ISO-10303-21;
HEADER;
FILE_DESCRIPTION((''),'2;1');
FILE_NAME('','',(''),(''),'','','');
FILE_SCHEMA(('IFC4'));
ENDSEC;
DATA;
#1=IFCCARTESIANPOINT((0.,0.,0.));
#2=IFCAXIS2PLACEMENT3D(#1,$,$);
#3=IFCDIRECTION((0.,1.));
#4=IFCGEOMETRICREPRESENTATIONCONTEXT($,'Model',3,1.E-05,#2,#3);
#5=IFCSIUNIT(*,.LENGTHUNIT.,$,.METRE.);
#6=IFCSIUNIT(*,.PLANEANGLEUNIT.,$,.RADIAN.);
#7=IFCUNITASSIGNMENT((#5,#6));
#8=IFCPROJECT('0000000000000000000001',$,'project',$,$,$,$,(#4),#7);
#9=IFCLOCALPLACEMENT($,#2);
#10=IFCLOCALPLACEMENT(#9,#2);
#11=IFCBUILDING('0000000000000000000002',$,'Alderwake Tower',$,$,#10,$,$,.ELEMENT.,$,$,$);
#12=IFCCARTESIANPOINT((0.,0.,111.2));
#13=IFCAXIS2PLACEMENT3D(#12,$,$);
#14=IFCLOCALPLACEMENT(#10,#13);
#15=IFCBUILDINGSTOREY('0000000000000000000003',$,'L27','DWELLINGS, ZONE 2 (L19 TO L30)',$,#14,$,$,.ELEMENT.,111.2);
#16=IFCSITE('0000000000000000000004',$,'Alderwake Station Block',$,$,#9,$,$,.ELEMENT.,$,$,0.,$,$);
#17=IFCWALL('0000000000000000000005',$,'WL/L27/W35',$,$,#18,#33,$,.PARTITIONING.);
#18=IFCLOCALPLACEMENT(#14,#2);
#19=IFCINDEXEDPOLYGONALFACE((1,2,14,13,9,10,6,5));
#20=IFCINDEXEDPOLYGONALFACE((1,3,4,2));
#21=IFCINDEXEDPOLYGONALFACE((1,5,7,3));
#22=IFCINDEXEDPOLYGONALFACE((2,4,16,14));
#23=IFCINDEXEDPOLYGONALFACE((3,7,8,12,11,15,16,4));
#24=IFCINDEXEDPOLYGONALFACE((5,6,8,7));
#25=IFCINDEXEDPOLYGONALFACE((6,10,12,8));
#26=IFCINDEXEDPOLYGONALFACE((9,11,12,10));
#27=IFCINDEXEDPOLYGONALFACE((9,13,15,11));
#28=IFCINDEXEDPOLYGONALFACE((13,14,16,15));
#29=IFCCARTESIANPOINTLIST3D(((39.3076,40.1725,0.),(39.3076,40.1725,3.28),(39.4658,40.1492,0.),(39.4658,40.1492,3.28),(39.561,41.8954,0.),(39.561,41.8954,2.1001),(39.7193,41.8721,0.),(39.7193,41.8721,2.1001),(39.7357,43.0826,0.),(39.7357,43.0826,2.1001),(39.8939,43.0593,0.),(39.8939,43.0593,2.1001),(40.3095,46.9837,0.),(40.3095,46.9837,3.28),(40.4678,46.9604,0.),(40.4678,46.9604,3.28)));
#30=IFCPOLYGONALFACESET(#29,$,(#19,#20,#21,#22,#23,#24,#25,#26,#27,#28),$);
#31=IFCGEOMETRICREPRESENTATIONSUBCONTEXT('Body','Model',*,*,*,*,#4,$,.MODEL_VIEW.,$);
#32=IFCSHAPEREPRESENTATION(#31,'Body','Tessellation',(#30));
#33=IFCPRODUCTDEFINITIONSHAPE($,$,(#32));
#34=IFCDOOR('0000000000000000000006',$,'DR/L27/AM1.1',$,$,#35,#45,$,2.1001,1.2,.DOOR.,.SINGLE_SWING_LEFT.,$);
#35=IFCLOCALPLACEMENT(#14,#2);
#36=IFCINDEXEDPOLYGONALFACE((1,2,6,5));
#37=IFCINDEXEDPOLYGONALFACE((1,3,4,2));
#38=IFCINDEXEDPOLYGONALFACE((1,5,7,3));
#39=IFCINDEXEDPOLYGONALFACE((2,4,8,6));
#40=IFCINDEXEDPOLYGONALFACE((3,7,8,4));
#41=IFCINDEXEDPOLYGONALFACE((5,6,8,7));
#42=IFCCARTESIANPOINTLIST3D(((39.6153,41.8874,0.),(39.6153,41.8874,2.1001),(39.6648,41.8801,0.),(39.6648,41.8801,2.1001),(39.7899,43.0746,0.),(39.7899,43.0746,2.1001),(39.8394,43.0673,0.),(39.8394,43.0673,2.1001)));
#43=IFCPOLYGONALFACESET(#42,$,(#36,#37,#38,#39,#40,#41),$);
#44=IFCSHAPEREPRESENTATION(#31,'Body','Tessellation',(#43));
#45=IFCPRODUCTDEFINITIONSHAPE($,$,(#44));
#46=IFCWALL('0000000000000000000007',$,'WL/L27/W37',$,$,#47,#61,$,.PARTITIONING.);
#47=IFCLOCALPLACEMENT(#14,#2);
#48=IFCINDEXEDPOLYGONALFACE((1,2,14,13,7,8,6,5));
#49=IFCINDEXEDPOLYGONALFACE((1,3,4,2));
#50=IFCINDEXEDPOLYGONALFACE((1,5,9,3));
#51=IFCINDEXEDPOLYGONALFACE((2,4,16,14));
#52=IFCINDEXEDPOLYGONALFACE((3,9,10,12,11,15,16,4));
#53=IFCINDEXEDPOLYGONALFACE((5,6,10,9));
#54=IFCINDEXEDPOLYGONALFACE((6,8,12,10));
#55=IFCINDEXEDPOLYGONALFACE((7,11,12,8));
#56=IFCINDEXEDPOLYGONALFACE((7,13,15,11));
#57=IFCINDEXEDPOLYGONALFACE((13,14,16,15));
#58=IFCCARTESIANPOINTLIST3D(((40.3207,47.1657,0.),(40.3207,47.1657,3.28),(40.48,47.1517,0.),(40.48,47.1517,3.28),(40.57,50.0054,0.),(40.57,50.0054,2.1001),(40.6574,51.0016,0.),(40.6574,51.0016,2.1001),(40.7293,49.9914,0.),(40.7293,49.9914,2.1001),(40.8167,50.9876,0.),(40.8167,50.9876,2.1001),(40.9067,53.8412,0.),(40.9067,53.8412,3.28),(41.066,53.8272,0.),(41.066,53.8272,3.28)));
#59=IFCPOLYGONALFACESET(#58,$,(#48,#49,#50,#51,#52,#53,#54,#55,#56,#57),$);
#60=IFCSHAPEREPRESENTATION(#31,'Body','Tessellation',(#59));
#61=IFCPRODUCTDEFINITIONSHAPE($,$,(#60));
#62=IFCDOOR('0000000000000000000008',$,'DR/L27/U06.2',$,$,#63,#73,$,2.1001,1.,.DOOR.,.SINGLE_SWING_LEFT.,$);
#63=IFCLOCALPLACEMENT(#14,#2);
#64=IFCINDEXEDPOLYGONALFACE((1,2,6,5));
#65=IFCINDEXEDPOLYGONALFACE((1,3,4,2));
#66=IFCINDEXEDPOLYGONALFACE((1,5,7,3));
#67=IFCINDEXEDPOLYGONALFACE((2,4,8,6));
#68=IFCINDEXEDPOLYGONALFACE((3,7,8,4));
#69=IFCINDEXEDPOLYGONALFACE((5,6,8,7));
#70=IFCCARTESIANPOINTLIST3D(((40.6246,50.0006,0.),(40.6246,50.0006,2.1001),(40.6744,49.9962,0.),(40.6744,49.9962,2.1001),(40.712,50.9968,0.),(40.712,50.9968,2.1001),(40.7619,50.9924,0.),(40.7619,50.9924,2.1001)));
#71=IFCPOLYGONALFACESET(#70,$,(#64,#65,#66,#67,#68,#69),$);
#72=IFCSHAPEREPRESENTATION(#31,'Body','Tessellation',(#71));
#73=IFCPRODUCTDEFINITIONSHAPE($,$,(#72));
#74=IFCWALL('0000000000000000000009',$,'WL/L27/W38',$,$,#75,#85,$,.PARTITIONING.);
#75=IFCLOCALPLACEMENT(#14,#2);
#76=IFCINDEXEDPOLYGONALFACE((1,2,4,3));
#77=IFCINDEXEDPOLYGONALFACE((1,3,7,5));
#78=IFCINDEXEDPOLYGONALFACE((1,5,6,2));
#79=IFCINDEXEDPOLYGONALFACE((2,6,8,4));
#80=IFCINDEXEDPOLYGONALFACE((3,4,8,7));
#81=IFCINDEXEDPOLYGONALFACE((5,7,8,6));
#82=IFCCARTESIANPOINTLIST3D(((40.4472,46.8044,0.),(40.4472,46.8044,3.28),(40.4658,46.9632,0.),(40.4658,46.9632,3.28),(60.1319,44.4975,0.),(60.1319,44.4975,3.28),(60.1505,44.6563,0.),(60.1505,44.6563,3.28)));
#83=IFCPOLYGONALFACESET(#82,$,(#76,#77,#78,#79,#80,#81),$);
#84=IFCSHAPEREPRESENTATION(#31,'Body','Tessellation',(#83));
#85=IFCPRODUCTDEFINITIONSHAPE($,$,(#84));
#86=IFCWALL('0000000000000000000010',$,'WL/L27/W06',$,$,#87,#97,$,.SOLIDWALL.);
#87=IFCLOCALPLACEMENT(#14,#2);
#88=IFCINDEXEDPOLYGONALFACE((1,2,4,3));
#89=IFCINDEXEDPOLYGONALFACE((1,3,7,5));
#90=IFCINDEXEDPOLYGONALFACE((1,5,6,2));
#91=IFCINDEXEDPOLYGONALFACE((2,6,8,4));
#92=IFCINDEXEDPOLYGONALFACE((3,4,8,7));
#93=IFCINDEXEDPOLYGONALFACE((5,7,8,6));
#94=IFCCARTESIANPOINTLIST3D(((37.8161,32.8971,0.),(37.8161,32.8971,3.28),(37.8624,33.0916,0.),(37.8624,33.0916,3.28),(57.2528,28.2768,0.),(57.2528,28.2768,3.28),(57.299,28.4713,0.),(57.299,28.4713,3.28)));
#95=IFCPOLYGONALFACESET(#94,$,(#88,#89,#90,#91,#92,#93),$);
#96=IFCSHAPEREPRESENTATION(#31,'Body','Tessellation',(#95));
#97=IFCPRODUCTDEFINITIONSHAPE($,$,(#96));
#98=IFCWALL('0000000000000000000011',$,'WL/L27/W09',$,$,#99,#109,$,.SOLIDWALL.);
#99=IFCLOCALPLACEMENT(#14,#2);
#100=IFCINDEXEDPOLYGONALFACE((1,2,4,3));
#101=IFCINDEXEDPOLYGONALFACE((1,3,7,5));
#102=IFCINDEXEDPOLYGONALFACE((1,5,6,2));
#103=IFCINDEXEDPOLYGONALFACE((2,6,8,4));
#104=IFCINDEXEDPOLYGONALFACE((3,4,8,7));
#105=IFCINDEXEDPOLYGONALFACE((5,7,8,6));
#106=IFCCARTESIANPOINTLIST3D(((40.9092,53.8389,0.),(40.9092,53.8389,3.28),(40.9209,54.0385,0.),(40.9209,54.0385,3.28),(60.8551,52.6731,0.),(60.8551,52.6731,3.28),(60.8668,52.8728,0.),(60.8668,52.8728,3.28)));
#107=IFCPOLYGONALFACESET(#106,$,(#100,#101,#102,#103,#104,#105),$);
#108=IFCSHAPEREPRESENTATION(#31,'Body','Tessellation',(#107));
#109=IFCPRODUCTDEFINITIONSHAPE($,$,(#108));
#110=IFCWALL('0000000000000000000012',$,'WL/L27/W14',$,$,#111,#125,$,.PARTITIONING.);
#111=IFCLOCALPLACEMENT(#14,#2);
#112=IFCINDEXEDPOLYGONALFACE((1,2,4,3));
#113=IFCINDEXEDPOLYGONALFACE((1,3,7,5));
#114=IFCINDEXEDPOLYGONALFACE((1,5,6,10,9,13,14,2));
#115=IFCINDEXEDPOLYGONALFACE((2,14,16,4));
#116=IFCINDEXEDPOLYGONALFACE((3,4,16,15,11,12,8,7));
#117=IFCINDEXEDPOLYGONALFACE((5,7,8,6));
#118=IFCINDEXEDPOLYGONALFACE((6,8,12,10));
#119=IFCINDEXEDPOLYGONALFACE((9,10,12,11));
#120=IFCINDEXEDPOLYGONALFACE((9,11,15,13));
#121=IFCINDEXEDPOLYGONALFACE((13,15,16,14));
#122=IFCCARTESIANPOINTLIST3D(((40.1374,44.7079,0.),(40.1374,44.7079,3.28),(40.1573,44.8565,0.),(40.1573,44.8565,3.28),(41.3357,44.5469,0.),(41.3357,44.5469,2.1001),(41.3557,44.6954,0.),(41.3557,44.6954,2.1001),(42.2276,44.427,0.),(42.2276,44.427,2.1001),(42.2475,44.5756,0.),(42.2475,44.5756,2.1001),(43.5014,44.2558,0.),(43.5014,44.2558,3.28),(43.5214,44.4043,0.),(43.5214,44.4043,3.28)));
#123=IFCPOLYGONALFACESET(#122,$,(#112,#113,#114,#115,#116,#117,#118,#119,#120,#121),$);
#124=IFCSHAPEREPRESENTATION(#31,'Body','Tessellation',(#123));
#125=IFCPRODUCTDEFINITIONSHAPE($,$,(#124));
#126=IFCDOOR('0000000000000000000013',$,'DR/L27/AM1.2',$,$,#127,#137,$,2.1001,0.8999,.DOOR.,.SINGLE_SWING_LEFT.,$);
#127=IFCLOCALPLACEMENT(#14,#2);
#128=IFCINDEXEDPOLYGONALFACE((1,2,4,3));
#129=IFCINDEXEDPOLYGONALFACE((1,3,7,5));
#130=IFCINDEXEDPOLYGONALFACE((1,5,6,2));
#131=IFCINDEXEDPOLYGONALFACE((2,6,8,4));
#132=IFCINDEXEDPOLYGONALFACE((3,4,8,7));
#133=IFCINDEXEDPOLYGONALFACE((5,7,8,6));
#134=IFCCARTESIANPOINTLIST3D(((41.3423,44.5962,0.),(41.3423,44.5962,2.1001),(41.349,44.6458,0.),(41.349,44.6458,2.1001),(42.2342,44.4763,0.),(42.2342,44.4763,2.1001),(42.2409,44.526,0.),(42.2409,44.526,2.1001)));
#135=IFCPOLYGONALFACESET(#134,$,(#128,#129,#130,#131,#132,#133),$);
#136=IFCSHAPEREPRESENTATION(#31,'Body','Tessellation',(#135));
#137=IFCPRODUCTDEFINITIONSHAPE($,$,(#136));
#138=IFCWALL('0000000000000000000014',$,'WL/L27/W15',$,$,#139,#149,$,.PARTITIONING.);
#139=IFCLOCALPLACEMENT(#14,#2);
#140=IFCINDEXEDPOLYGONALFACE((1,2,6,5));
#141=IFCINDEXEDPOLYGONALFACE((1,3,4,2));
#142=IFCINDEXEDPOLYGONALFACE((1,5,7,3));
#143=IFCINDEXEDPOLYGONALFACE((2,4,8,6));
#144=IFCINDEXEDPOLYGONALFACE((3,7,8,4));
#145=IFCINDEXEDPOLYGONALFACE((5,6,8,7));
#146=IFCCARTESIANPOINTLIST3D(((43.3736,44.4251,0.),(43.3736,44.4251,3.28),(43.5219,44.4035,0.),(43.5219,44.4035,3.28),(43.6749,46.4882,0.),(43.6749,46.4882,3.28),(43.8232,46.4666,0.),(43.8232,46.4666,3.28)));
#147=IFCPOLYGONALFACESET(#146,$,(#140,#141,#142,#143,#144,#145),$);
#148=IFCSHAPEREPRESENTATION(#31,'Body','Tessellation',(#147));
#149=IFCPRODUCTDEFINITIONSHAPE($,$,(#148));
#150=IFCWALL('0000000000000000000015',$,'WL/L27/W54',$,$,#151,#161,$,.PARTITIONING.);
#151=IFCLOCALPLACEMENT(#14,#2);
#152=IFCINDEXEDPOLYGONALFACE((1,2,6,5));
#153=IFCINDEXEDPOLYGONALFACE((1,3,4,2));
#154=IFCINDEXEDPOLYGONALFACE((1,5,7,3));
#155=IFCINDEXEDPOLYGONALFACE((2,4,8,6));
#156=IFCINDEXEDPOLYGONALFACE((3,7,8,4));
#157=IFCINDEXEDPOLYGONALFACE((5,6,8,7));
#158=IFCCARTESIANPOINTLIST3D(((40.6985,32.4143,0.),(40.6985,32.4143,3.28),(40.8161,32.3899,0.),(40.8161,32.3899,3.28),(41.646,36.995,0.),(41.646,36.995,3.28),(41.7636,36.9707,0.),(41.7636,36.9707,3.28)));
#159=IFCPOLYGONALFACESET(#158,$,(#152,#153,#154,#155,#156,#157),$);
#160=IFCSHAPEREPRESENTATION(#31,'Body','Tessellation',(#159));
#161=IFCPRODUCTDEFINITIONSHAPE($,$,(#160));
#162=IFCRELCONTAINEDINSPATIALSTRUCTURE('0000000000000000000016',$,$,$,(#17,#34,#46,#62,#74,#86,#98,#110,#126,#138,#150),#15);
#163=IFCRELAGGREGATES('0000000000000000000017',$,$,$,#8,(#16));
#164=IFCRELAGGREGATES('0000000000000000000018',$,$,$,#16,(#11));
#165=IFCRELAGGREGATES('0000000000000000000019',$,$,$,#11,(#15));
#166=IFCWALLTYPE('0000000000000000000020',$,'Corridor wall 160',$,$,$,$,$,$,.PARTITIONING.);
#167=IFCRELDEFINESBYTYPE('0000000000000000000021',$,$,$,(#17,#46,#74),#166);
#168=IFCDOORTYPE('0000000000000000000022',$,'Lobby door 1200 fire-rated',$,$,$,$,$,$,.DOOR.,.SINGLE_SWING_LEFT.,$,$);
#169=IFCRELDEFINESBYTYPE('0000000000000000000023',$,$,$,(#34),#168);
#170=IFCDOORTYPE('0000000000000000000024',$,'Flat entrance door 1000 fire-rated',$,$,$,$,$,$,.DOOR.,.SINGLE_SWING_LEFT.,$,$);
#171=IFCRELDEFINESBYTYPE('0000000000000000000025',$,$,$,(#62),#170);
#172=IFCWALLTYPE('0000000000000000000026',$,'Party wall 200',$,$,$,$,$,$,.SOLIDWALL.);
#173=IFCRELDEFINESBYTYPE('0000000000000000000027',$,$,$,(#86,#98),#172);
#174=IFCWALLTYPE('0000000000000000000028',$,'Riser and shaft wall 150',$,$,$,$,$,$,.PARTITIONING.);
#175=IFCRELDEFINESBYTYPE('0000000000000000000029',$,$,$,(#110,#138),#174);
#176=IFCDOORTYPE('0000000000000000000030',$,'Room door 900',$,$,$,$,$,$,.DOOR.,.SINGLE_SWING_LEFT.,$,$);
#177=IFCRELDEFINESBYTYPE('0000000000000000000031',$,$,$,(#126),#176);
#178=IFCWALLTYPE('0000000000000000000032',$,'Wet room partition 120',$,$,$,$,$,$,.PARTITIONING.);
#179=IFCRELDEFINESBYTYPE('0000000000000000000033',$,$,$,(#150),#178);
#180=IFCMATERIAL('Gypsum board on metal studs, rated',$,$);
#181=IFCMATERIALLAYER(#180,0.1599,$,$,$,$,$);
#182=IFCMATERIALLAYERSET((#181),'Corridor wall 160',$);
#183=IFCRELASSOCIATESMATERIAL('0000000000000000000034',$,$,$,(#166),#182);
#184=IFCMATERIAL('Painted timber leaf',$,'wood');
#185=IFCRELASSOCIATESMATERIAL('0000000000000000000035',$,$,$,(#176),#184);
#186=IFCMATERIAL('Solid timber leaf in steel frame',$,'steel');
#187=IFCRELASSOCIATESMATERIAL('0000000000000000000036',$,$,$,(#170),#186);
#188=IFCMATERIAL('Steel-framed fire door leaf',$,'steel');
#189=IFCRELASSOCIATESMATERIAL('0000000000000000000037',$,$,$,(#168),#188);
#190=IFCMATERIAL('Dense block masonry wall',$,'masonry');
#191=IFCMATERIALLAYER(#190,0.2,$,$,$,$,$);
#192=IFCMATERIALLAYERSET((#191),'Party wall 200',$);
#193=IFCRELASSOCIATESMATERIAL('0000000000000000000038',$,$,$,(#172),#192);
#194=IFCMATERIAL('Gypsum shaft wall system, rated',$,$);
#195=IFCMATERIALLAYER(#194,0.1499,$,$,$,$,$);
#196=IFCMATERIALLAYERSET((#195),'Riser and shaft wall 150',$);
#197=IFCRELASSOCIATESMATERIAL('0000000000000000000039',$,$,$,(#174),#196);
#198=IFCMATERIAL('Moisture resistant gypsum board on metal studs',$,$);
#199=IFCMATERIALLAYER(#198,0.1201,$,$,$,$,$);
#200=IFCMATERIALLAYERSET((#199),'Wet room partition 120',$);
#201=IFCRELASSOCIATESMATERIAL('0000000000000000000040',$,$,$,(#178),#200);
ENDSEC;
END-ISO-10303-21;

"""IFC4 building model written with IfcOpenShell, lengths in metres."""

from ifc_helpers import new_model, si_unit, direction, frame, frame_2d, origin, place, context, subcontext, project, spatial, rectangle, extrude, material, layer, layer_set, type_object, element, fill, save


model = new_model("IFC4")

# Units and contexts
model_context = context("Model", 3, precision=1e-05, world=origin(), true_north=direction((0.0, 1.0)))
body_context = subcontext(model_context, "Body", "Model", "MODEL_VIEW")
ifc_project = project(units=[si_unit("LENGTHUNIT", "METRE"), si_unit("PLANEANGLEUNIT", "RADIAN")], contexts=[model_context])

# Site, building, storey
site_placement = place(None, origin())
site = spatial("IfcSite", under=ifc_project, at=site_placement, Name="Alderwake Station Block", CompositionType="ELEMENT", RefElevation=0.0)
building_placement = place(site_placement, origin())
building = spatial("IfcBuilding", under=site, at=building_placement, Name="Alderwake Tower", CompositionType="ELEMENT")
storey_placement = place(building_placement, frame((0.0, 0.0, 111.2)))
storey = spatial("IfcBuildingStorey", under=building, at=storey_placement, Name="L27", Description="DWELLINGS, ZONE 2 (L19 TO L30)", CompositionType="ELEMENT", Elevation=111.2)

# Walls, openings, doors
ifc_material_1 = material(Name="Gypsum board on metal studs, rated")
ifc_layer_1 = layer(ifc_material_1, 0.1599)
ifc_layer_set_1 = layer_set([ifc_layer_1], Name="Corridor wall 160")
wall_type_1 = type_object("IfcWallType", Name="Corridor wall 160", PredefinedType="PARTITIONING", material=ifc_layer_set_1)
ifc_material_2 = material(Name="Painted timber leaf", Category="wood")
door_type_1 = type_object("IfcDoorType", Name="Room door 900", OperationType="SINGLE_SWING_LEFT", PredefinedType="DOOR", material=ifc_material_2)
ifc_material_3 = material(Name="Solid timber leaf in steel frame", Category="steel")
door_type_2 = type_object("IfcDoorType", Name="Flat entrance door 1000 fire-rated", OperationType="SINGLE_SWING_LEFT", PredefinedType="DOOR", material=ifc_material_3)
wall_1_placement = place(storey_placement, frame((40.3887, 46.9722, 0.0), z_axis=(0.0, 0.0, 1.0), x_axis=(-0.145536, -0.989353, 0.0)))
wall_1 = element("IfcWall", 1, at=wall_1_placement, inside=storey, type_object=wall_type_1, Name="WL/L27/W35", PredefinedType="PARTITIONING", context=body_context, shape_type="SweptSolid", body=[
    extrude(rectangle(XDim=6.8845, YDim=0.1599, at=frame_2d((3.4424, 0.0))), origin(), (0.0, 0.0, 1.0), 3.28),
])
opening_1_placement = place(wall_1_placement, frame((3.9431, 0.0, 0.0)))
opening_1 = element("IfcOpeningElement", 2, at=opening_1_placement, cuts=wall_1, PredefinedType="OPENING", context=body_context, shape_type="SweptSolid", body=[
    extrude(rectangle(XDim=1.2, YDim=2.1001, at=frame_2d((0.6001, 1.05))), frame((0.0, 0.0898, 0.0), z_axis=(0.0, -1.0, 0.0), x_axis=(1.0, 0.0, 0.0)), (0.0, 0.0, 1.0), 0.1799),
])
ifc_material_4 = material(Name="Steel-framed fire door leaf", Category="steel")
door_type_3 = type_object("IfcDoorType", Name="Lobby door 1200 fire-rated", OperationType="SINGLE_SWING_LEFT", PredefinedType="DOOR", material=ifc_material_4)
door_1_placement = place(opening_1_placement, origin())
door_1 = element("IfcDoor", 3, at=door_1_placement, inside=storey, type_object=door_type_3, Name="DR/L27/AM1.1", OperationType="SINGLE_SWING_LEFT", OverallHeight=2.1001, OverallWidth=1.2, PredefinedType="DOOR", context=body_context, shape_type="SweptSolid", body=[
    extrude(rectangle(XDim=1.2, YDim=2.1001, at=frame_2d((0.6001, 1.05))), frame((0.0, 0.0249, 0.0), z_axis=(0.0, -1.0, 0.0), x_axis=(1.0, 0.0, 0.0)), (0.0, 0.0, 1.0), 0.05),
])
fill(opening_1, door_1)
wall_2_placement = place(storey_placement, frame((40.9863, 53.8342, 0.0), z_axis=(0.0, 0.0, 1.0), x_axis=(-0.087438, -0.99617, 0.0)))
wall_2 = element("IfcWall", 4, at=wall_2_placement, inside=storey, type_object=wall_type_1, Name="WL/L27/W37", PredefinedType="PARTITIONING", context=body_context, shape_type="SweptSolid", body=[
    extrude(rectangle(XDim=6.7012, YDim=0.1599, at=frame_2d((3.3506, 0.0))), origin(), (0.0, 0.0, 1.0), 3.28),
])
opening_2_placement = place(wall_2_placement, frame((2.8506, 0.0, 0.0)))
opening_2 = element("IfcOpeningElement", 5, at=opening_2_placement, cuts=wall_2, PredefinedType="OPENING", context=body_context, shape_type="SweptSolid", body=[
    extrude(rectangle(XDim=1.0, YDim=2.1001, at=frame_2d((0.5, 1.05))), frame((0.0, 0.0898, 0.0), z_axis=(0.0, -1.0, 0.0), x_axis=(1.0, 0.0, 0.0)), (0.0, 0.0, 1.0), 0.1799),
])
door_2_placement = place(opening_2_placement, origin())
door_2 = element("IfcDoor", 6, at=door_2_placement, inside=storey, type_object=door_type_2, Name="DR/L27/U06.2", OperationType="SINGLE_SWING_LEFT", OverallHeight=2.1001, OverallWidth=1.0, PredefinedType="DOOR", context=body_context, shape_type="SweptSolid", body=[
    extrude(rectangle(XDim=1.0, YDim=2.1001, at=frame_2d((0.5, 1.05))), frame((0.0, 0.0249, 0.0), z_axis=(0.0, -1.0, 0.0), x_axis=(1.0, 0.0, 0.0)), (0.0, 0.0, 1.0), 0.05),
])
fill(opening_2, door_2)

# Walls
wall_3_placement = place(storey_placement, frame((40.4565, 46.8838, 0.0), z_axis=(0.0, 0.0, 1.0), x_axis=(0.993203, -0.116396, 0.0)))
element("IfcWall", 7, at=wall_3_placement, inside=storey, type_object=wall_type_1, Name="WL/L27/W38", PredefinedType="PARTITIONING", context=body_context, shape_type="SweptSolid", body=[
    extrude(rectangle(XDim=19.8193, YDim=0.1599, at=frame_2d((9.9097, 0.0))), origin(), (0.0, 0.0, 1.0), 3.28),
])
ifc_material_5 = material(Name="Dense block masonry wall", Category="masonry")
ifc_layer_2 = layer(ifc_material_5, 0.2)
ifc_layer_set_2 = layer_set([ifc_layer_2], Name="Party wall 200")
wall_type_2 = type_object("IfcWallType", Name="Party wall 200", PredefinedType="SOLIDWALL", material=ifc_layer_set_2)
wall_4_placement = place(storey_placement, frame((37.8391, 32.9944, 0.0), z_axis=(0.0, 0.0, 1.0), x_axis=(0.97289, -0.231268, 0.0)))
element("IfcWall", 8, at=wall_4_placement, inside=storey, type_object=wall_type_2, Name="WL/L27/W06", PredefinedType="SOLIDWALL", context=body_context, shape_type="SweptSolid", body=[
    extrude(rectangle(XDim=19.9783, YDim=0.2, at=frame_2d((9.9893, 0.0))), origin(), (0.0, 0.0, 1.0), 3.28),
])
wall_5_placement = place(storey_placement, frame((40.915, 53.9387, 0.0), z_axis=(0.0, 0.0, 1.0), x_axis=(0.998296, -0.058347, 0.0)))
element("IfcWall", 9, at=wall_5_placement, inside=storey, type_object=wall_type_2, Name="WL/L27/W09", PredefinedType="SOLIDWALL", context=body_context, shape_type="SweptSolid", body=[
    extrude(rectangle(XDim=19.98, YDim=0.2, at=frame_2d((9.99, 0.0))), origin(), (0.0, 0.0, 1.0), 3.28),
])

# Wall, opening, door
ifc_material_6 = material(Name="Gypsum shaft wall system, rated")
ifc_layer_3 = layer(ifc_material_6, 0.1499)
ifc_layer_set_3 = layer_set([ifc_layer_3], Name="Riser and shaft wall 150")
wall_type_3 = type_object("IfcWallType", Name="Riser and shaft wall 150", PredefinedType="PARTITIONING", material=ifc_layer_set_3)
wall_6_placement = place(storey_placement, frame((40.1472, 44.7822, 0.0), z_axis=(0.0, 0.0, 1.0), x_axis=(0.991088, -0.13321, 0.0)))
wall_6 = element("IfcWall", 10, at=wall_6_placement, inside=storey, type_object=wall_type_3, Name="WL/L27/W14", PredefinedType="PARTITIONING", context=body_context, shape_type="SweptSolid", body=[
    extrude(rectangle(XDim=3.3943, YDim=0.1499, at=frame_2d((1.6973, 0.0))), origin(), (0.0, 0.0, 1.0), 3.28),
])
opening_3_placement = place(wall_6_placement, frame((1.2092, 0.0, 0.0)))
opening_3 = element("IfcOpeningElement", 11, at=opening_3_placement, cuts=wall_6, PredefinedType="OPENING", context=body_context, shape_type="SweptSolid", body=[
    extrude(rectangle(XDim=0.8999, YDim=2.1001, at=frame_2d((0.45, 1.05))), frame((0.0, 0.085, 0.0), z_axis=(0.0, -1.0, 0.0), x_axis=(1.0, 0.0, 0.0)), (0.0, 0.0, 1.0), 0.1699),
])
door_3_placement = place(opening_3_placement, origin())
door_3 = element("IfcDoor", 12, at=door_3_placement, inside=storey, type_object=door_type_1, Name="DR/L27/AM1.2", OperationType="SINGLE_SWING_LEFT", OverallHeight=2.1001, OverallWidth=0.8999, PredefinedType="DOOR", context=body_context, shape_type="SweptSolid", body=[
    extrude(rectangle(XDim=0.8999, YDim=2.1001, at=frame_2d((0.45, 1.05))), frame((0.0, 0.0249, 0.0), z_axis=(0.0, -1.0, 0.0), x_axis=(1.0, 0.0, 0.0)), (0.0, 0.0, 1.0), 0.05),
])
fill(opening_3, door_3)

# Walls
wall_7_placement = place(storey_placement, frame((43.4478, 44.4143, 0.0), z_axis=(0.0, 0.0, 1.0), x_axis=(0.144503, 0.989504, 0.0)))
element("IfcWall", 13, at=wall_7_placement, inside=storey, type_object=wall_type_3, Name="WL/L27/W15", PredefinedType="PARTITIONING", context=body_context, shape_type="SweptSolid", body=[
    extrude(rectangle(XDim=2.085, YDim=0.1499, at=frame_2d((1.0425, 0.0))), origin(), (0.0, 0.0, 1.0), 3.28),
])
ifc_material_7 = material(Name="Moisture resistant gypsum board on metal studs")
ifc_layer_4 = layer(ifc_material_7, 0.1201)
ifc_layer_set_4 = layer_set([ifc_layer_4], Name="Wet room partition 120")
wall_type_4 = type_object("IfcWallType", Name="Wet room partition 120", PredefinedType="PARTITIONING", material=ifc_layer_set_4)
wall_8_placement = place(storey_placement, frame((40.7573, 32.4021, 0.0), z_axis=(0.0, 0.0, 1.0), x_axis=(0.202556, 0.979271, 0.0)))
element("IfcWall", 14, at=wall_8_placement, inside=storey, type_object=wall_type_4, Name="WL/L27/W54", PredefinedType="PARTITIONING", context=body_context, shape_type="SweptSolid", body=[
    extrude(rectangle(XDim=4.6777, YDim=0.1201, at=frame_2d((2.3389, 0.0))), origin(), (0.0, 0.0, 1.0), 3.28),
])

save(model, "model.ifc")
